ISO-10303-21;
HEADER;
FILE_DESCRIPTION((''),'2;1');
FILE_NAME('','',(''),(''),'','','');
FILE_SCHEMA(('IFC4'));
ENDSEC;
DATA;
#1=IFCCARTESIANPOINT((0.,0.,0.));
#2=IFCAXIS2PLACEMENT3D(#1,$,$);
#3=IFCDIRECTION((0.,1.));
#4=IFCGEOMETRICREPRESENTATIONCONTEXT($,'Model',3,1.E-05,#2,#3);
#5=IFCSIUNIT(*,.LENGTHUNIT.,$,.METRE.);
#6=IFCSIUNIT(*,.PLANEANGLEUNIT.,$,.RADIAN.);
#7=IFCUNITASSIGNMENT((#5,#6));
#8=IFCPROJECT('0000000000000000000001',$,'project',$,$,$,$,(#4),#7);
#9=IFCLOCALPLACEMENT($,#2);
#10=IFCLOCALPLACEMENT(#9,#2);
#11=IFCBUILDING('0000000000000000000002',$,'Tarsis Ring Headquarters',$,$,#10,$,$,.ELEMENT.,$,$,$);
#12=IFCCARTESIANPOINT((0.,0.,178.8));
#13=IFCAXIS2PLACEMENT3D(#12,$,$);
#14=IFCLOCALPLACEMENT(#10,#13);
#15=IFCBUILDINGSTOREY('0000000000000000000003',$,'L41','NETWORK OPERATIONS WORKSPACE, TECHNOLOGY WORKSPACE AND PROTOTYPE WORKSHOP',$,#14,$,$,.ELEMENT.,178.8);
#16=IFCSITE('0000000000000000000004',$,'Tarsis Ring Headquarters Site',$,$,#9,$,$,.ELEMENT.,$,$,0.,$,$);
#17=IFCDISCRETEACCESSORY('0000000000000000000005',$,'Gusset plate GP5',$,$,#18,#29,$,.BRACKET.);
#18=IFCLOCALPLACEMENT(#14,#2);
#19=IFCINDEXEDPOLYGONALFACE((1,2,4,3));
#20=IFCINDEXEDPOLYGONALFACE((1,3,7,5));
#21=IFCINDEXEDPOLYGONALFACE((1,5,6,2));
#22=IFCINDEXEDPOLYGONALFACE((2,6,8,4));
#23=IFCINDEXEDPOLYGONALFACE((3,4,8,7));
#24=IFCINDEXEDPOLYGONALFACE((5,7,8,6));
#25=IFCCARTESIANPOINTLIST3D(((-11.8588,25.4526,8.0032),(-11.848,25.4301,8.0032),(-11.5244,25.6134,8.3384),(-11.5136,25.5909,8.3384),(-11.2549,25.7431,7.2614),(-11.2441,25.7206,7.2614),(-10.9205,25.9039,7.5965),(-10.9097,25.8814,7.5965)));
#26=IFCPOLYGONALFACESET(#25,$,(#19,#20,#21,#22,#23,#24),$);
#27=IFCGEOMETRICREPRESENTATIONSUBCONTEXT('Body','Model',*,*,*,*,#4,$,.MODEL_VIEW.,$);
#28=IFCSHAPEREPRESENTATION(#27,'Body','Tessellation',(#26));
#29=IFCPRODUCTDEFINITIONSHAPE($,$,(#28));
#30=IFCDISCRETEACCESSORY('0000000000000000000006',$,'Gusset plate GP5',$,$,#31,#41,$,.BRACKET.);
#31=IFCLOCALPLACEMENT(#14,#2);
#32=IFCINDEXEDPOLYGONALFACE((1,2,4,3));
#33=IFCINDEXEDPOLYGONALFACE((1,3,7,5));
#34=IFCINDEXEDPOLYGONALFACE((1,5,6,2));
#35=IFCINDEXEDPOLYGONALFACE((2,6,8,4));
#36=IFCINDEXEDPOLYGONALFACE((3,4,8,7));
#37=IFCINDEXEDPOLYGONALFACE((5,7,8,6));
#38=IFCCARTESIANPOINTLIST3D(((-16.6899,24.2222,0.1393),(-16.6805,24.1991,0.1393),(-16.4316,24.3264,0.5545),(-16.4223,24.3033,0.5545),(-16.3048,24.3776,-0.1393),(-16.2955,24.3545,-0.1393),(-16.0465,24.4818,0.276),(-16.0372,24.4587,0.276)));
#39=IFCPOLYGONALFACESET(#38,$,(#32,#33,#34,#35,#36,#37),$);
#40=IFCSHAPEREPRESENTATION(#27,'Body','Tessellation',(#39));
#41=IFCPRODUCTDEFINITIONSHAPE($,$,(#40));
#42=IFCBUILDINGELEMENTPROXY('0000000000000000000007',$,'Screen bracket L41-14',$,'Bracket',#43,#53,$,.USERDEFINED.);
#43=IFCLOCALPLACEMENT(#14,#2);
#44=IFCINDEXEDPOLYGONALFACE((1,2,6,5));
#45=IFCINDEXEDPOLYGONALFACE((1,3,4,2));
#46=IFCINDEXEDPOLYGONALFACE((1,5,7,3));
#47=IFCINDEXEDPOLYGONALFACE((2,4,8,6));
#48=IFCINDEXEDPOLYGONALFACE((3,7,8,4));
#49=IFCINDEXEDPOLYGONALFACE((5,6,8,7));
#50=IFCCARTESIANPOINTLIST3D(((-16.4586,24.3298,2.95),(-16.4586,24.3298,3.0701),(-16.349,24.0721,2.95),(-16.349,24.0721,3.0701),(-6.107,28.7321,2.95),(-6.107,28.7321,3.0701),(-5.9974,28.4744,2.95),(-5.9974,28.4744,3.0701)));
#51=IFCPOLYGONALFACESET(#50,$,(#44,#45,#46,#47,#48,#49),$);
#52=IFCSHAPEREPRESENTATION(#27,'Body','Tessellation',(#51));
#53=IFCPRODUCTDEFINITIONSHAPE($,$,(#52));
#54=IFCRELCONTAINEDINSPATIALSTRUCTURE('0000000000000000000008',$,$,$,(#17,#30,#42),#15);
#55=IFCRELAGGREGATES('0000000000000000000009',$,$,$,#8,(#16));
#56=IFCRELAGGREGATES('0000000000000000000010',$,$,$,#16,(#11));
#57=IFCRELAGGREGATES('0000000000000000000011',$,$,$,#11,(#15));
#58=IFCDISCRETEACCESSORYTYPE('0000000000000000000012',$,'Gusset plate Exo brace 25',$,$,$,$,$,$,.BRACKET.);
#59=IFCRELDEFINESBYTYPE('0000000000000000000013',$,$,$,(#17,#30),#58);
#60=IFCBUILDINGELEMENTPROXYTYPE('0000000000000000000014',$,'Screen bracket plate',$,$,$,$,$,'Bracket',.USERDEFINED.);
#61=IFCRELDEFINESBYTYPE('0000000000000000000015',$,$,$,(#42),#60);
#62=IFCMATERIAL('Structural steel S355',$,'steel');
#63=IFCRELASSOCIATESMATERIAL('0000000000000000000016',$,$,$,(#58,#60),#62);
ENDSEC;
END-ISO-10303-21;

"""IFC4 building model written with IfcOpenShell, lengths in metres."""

from ifc_helpers import new_model, si_unit, direction, frame, origin, origin_2d, place, context, subcontext, project, spatial, rectangle, extrude, material, material_profile, profile_set, type_object, element, save


model = new_model("IFC4")

# Units and contexts
model_context = context("Model", 3, precision=1e-05, world=origin(), true_north=direction((0.0, 1.0)))
body_context = subcontext(model_context, "Body", "Model", "MODEL_VIEW")
ifc_project = project(units=[si_unit("LENGTHUNIT", "METRE"), si_unit("PLANEANGLEUNIT", "RADIAN")], contexts=[model_context])

# Site, building, storey
site_placement = place(None, origin())
site = spatial("IfcSite", under=ifc_project, at=site_placement, Name="Tarsis Ring Headquarters Site", CompositionType="ELEMENT", RefElevation=0.0)
building_placement = place(site_placement, origin())
building = spatial("IfcBuilding", under=site, at=building_placement, Name="Tarsis Ring Headquarters", CompositionType="ELEMENT")
storey_placement = place(building_placement, frame((0.0, 0.0, 178.8)))
storey = spatial("IfcBuildingStorey", under=building, at=storey_placement, Name="L41", Description="NETWORK OPERATIONS WORKSPACE, TECHNOLOGY WORKSPACE AND PROTOTYPE WORKSHOP", CompositionType="ELEMENT", Elevation=178.8)

# Shared definitions
ifc_material_1 = material(Name="Structural steel S355", Category="steel")

# Discrete accessories
ifc_material_profile_1 = material_profile(ifc_material_1, rectangle(XDim=0.0249, YDim=0.5, at=origin_2d()), Name="PL 25x500")
ifc_profile_set_1 = profile_set([ifc_material_profile_1], Name="Structural steel S355")
discrete_accessory_type = type_object("IfcDiscreteAccessoryType", Name="Gusset plate Exo brace 25", PredefinedType="BRACKET", material=ifc_profile_set_1)
discrete_accessory_1_placement = place(storey_placement, frame((-11.0823, 25.8123, 7.429), z_axis=(-0.604092, -0.29057, 0.742052), x_axis=(0.433465, -0.90117, 0.0)))
element("IfcDiscreteAccessory", 1, at=discrete_accessory_1_placement, inside=storey, type_object=discrete_accessory_type, Name="Gusset plate GP5", PredefinedType="BRACKET", context=body_context, shape_type="SweptSolid", body=[
    extrude(rectangle(XDim=0.0249, YDim=0.5, at=origin_2d()), origin(), (0.0, 0.0, 1.0), 0.9998),
])
discrete_accessory_2_placement = place(storey_placement, frame((-16.4927, 24.2883, 0.0), z_axis=(0.516553, 0.208476, 0.830488), x_axis=(-0.37426, 0.927324, 0.0)))
element("IfcDiscreteAccessory", 2, at=discrete_accessory_2_placement, inside=storey, type_object=discrete_accessory_type, Name="Gusset plate GP5", PredefinedType="BRACKET", context=body_context, shape_type="SweptSolid", body=[
    extrude(rectangle(XDim=0.0249, YDim=0.5, at=origin_2d()), origin(), (0.0, 0.0, 1.0), 0.5),
])

# Building element proxy
building_element_proxy_type = type_object("IfcBuildingElementProxyType", Name="Screen bracket plate", ElementType="Bracket", PredefinedType="USERDEFINED", material=ifc_material_1)
proxy_placement = place(storey_placement, frame((-11.228, 26.4021, 2.95), z_axis=(0.0, 0.0, 1.0), x_axis=(-0.920241, -0.391353, 0.0)))
element("IfcBuildingElementProxy", 3, at=proxy_placement, inside=storey, type_object=building_element_proxy_type, Name="Screen bracket L41-14", ObjectType="Bracket", PredefinedType="USERDEFINED", context=body_context, shape_type="SweptSolid", body=[
    extrude(rectangle(XDim=11.2488, YDim=0.28, at=origin_2d()), origin(), (0.0, 0.0, 1.0), 0.1201),
])

save(model, "model.ifc")
